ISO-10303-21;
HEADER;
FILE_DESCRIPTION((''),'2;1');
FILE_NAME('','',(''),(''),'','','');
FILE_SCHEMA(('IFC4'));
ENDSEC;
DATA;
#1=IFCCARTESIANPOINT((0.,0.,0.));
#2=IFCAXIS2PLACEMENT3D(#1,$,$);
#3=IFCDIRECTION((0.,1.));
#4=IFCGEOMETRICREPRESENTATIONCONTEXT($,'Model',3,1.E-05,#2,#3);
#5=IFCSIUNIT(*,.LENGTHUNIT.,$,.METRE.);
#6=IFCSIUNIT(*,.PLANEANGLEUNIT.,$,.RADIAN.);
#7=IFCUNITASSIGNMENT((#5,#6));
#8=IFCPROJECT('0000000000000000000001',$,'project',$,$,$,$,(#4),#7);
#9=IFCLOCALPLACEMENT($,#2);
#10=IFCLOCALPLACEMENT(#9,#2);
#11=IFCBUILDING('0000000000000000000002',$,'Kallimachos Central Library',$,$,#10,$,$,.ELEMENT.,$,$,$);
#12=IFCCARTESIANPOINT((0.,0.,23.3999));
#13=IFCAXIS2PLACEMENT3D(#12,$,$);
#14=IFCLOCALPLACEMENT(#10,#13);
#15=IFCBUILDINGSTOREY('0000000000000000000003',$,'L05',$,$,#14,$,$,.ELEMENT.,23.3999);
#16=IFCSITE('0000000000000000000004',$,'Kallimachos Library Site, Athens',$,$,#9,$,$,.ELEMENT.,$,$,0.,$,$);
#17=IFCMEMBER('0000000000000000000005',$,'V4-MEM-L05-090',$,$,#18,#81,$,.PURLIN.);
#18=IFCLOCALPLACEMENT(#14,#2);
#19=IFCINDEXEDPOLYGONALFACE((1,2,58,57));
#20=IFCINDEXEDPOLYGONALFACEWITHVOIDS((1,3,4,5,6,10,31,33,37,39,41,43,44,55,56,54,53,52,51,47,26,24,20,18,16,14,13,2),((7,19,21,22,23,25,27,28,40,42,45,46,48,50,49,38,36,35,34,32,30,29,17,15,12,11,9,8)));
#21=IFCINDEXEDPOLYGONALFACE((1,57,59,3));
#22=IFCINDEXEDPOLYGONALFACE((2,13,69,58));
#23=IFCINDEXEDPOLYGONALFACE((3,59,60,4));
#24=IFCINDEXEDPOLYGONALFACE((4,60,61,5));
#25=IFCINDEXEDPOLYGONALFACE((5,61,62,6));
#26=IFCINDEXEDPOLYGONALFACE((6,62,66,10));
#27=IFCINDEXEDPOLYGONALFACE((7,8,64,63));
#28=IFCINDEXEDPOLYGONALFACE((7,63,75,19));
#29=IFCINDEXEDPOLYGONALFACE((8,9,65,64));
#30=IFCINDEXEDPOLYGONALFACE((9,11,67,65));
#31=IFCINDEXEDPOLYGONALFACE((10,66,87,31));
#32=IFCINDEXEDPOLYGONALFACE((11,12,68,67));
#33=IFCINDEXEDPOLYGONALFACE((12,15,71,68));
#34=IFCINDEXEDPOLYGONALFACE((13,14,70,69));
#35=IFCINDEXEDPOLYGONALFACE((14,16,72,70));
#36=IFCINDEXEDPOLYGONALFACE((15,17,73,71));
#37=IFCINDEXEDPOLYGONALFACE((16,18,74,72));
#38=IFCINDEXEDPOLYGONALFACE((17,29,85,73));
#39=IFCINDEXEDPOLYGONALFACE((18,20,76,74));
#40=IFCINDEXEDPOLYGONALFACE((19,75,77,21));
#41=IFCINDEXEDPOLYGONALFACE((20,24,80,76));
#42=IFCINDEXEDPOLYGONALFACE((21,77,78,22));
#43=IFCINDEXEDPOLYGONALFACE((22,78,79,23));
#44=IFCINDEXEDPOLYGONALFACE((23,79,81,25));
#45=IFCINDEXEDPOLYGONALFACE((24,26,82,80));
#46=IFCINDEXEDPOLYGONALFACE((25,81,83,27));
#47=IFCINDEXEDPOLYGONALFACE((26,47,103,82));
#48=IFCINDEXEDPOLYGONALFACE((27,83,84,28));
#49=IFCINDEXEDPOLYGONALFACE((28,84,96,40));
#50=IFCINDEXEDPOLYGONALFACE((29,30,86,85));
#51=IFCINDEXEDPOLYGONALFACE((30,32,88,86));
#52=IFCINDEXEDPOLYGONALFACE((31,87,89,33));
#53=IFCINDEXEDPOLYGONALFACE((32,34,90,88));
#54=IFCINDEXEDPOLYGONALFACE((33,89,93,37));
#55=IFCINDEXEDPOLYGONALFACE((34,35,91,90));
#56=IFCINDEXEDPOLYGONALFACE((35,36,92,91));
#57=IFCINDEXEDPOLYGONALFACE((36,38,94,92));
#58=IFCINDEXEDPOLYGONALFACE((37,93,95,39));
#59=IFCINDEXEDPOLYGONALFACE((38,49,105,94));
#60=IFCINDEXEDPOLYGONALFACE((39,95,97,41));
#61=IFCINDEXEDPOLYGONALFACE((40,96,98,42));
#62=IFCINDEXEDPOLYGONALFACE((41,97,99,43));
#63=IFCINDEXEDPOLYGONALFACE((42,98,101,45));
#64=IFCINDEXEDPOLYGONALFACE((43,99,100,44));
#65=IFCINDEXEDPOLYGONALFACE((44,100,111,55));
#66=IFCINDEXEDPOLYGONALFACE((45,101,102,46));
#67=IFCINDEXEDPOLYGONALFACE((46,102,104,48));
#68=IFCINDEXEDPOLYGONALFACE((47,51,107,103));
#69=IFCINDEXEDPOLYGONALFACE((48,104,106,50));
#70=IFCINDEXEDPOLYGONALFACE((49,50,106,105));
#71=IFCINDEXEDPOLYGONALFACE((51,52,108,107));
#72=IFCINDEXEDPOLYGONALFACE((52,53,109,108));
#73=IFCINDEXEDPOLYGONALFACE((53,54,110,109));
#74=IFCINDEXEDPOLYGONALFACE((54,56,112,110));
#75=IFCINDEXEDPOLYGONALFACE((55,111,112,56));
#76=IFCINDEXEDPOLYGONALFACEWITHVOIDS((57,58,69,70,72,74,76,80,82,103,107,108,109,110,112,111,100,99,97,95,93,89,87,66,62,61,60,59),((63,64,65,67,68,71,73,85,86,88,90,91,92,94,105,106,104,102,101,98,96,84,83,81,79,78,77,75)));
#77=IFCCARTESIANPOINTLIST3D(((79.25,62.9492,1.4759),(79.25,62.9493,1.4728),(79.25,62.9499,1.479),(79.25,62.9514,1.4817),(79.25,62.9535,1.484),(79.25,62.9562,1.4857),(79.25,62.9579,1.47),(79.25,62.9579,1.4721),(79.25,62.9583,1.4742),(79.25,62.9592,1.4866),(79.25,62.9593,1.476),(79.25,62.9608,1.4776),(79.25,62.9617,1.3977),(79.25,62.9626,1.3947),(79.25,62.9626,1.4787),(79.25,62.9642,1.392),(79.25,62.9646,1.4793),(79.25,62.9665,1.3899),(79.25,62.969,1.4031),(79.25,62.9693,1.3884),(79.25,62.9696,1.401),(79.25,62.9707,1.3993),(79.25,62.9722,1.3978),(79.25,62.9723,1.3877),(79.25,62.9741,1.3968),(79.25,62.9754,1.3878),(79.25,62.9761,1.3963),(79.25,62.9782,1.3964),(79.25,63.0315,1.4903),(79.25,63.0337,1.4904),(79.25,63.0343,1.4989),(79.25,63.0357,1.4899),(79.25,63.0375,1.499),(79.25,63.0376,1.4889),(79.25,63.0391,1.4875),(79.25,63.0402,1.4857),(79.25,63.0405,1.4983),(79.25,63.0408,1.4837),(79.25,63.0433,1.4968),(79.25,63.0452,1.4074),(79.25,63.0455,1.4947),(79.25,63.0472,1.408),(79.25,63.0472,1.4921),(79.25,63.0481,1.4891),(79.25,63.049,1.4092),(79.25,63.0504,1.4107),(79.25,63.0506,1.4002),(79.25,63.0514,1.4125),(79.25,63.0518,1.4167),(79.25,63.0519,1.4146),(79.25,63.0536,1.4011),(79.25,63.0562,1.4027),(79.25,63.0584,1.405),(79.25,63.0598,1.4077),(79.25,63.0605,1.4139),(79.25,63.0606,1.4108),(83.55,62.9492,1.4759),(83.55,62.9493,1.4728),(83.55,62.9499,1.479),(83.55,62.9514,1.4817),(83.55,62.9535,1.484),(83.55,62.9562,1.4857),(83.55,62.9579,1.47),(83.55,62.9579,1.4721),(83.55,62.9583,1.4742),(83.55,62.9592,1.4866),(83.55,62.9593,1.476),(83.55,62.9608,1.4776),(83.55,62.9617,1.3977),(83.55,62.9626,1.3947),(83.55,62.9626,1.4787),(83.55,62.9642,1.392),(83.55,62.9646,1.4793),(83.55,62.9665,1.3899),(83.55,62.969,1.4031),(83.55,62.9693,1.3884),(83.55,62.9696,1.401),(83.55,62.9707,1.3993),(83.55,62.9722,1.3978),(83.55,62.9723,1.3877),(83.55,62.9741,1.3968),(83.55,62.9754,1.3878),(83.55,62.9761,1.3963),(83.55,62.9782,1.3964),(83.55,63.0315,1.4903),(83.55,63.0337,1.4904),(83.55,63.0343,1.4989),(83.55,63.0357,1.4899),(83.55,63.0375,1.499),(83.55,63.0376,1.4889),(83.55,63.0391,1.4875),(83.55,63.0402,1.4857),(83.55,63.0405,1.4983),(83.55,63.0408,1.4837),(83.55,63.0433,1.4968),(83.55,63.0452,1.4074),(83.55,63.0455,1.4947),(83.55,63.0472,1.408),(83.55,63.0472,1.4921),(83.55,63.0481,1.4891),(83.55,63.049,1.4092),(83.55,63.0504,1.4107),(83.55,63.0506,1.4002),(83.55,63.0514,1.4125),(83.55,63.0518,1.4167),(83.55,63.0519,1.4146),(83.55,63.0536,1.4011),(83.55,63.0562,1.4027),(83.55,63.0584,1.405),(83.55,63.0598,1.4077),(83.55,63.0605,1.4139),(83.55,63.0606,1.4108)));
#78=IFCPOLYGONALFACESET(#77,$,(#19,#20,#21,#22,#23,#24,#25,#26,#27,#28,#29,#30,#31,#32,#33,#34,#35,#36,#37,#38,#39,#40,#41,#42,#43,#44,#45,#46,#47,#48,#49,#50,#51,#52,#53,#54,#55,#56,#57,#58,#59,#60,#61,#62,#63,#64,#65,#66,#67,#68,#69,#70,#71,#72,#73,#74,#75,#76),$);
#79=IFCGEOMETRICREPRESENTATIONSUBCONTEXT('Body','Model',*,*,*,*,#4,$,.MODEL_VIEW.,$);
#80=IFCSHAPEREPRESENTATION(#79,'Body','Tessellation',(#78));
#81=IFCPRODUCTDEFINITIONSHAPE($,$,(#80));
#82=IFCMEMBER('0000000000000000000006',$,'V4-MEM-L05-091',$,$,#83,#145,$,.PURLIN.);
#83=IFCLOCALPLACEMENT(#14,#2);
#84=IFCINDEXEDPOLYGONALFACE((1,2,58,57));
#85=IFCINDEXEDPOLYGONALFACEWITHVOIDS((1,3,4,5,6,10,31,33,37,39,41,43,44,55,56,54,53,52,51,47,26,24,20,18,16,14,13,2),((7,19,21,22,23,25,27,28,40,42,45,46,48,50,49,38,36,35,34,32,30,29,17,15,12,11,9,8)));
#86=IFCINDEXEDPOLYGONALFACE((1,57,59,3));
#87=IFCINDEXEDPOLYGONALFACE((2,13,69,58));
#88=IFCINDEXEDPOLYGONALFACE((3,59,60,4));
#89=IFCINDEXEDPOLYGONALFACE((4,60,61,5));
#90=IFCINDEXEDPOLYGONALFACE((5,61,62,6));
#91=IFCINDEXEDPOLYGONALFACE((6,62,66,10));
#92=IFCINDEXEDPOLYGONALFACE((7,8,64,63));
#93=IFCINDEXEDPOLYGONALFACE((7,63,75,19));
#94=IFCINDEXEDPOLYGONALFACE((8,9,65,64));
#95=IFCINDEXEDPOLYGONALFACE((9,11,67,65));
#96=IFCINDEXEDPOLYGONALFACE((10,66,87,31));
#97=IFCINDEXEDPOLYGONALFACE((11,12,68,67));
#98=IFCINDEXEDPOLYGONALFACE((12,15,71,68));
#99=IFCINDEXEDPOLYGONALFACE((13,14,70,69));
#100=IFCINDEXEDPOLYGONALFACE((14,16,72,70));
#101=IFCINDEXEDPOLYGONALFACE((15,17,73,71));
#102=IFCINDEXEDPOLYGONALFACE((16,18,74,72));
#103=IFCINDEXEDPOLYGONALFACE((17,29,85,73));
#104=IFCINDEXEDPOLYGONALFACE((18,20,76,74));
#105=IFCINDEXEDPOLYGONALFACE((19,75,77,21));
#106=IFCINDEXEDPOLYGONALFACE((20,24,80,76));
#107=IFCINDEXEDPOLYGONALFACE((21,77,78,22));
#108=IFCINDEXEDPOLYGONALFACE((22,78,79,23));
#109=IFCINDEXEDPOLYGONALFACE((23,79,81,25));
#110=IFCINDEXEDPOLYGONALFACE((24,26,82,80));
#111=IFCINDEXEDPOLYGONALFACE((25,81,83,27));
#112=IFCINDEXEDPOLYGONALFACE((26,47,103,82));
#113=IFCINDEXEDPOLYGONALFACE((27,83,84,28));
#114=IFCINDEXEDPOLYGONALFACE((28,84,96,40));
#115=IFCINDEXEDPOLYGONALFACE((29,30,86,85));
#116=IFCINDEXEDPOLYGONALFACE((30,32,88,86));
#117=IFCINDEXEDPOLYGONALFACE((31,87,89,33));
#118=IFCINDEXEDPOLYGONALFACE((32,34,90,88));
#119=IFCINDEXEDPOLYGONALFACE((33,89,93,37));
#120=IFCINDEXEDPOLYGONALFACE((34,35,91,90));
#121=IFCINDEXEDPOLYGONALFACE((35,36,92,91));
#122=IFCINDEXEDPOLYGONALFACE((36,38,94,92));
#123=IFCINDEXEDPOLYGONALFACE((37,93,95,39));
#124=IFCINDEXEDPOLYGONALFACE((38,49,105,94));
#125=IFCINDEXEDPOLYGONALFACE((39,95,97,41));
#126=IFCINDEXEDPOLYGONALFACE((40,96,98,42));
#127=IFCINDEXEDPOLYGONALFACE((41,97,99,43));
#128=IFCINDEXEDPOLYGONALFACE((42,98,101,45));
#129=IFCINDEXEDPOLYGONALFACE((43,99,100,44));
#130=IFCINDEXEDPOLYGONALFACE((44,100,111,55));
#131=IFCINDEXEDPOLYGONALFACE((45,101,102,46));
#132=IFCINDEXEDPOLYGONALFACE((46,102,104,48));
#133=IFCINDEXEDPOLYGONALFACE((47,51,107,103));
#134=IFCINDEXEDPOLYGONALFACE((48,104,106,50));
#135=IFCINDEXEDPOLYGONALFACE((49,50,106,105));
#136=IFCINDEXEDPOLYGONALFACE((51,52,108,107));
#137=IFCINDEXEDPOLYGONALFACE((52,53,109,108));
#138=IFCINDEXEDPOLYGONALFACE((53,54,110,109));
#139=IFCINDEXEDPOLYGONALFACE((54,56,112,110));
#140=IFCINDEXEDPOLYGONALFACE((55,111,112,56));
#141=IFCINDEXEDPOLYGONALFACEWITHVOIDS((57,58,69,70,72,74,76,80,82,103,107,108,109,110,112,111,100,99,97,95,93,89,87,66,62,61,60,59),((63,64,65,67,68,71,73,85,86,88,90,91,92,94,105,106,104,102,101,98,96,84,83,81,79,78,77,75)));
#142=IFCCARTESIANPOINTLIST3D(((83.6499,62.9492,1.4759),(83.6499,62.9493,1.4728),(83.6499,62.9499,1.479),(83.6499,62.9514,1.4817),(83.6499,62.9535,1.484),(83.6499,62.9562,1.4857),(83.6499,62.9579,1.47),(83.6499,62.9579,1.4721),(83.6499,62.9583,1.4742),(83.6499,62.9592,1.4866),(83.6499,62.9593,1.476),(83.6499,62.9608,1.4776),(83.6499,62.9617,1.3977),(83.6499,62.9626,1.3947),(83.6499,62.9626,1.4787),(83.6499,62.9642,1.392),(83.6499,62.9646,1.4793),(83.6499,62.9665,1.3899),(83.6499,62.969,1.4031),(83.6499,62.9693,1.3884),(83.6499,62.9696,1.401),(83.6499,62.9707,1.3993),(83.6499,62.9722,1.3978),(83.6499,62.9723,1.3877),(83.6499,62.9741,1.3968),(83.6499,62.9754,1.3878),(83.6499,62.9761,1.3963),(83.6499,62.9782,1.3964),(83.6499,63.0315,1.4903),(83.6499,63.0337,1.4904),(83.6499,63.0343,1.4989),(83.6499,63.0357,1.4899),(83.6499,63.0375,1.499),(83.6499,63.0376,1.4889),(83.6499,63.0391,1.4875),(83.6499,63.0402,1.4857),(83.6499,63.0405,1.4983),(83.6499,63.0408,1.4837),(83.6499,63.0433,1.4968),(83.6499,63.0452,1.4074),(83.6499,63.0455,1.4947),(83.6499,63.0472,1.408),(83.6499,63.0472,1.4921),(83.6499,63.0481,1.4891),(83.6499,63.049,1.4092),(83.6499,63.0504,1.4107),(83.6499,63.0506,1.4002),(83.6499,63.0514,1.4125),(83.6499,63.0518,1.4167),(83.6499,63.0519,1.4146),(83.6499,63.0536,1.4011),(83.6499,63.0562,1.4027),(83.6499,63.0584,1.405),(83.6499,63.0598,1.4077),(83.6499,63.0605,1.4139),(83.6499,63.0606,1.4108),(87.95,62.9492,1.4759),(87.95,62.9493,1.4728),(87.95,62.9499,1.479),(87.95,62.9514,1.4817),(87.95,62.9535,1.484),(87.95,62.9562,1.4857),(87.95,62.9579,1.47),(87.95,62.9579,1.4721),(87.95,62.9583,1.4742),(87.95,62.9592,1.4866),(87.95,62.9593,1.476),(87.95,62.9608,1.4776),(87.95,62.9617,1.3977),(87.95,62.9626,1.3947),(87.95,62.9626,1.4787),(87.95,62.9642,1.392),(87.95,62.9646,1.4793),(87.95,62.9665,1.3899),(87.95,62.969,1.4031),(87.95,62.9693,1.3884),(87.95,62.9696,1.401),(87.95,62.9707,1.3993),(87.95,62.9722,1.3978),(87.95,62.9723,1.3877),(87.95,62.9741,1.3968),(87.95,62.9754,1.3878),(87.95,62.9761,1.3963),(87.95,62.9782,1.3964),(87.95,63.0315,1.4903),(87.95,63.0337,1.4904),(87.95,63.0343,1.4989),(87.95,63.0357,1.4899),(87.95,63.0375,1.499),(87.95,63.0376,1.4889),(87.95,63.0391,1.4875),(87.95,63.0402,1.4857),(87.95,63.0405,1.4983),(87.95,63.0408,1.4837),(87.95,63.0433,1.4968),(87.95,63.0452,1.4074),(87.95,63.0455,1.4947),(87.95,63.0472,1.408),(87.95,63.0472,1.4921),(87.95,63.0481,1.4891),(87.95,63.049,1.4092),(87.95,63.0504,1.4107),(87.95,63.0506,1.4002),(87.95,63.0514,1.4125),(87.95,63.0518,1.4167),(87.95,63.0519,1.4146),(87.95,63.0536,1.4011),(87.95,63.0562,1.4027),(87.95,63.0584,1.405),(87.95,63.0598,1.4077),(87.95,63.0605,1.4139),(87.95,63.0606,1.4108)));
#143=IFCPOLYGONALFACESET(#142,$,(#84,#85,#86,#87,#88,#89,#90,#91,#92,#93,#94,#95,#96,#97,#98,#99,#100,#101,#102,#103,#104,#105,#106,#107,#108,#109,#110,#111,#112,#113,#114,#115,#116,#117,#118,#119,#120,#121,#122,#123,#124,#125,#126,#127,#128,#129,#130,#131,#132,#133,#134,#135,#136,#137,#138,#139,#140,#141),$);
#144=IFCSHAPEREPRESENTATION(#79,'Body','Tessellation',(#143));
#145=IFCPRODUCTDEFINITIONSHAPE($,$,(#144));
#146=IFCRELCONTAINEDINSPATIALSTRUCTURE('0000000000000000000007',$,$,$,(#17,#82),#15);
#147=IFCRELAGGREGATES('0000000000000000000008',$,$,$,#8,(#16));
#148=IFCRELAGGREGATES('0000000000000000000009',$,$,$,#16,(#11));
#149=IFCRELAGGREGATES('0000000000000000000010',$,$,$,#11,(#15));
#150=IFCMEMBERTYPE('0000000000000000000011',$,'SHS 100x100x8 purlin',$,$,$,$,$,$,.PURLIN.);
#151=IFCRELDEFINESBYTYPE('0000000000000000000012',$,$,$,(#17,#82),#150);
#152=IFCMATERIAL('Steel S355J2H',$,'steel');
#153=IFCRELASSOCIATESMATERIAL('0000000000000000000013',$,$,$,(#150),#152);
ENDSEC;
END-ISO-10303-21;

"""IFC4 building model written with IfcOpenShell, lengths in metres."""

from ifc_helpers import new_model, si_unit, direction, frame, origin, origin_2d, place, context, subcontext, project, spatial, hollow_rectangle, extrude, material, material_profile, profile_set, type_object, element, save


model = new_model("IFC4")

# Units and contexts
model_context = context("Model", 3, precision=1e-05, world=origin(), true_north=direction((0.0, 1.0)))
body_context = subcontext(model_context, "Body", "Model", "MODEL_VIEW")
ifc_project = project(units=[si_unit("LENGTHUNIT", "METRE"), si_unit("PLANEANGLEUNIT", "RADIAN")], contexts=[model_context])

# Site, building, storey
site_placement = place(None, origin())
site = spatial("IfcSite", under=ifc_project, at=site_placement, Name="Kallimachos Library Site, Athens", CompositionType="ELEMENT", RefElevation=0.0)
building_placement = place(site_placement, origin())
building = spatial("IfcBuilding", under=site, at=building_placement, Name="Kallimachos Central Library", CompositionType="ELEMENT")
storey_placement = place(building_placement, frame((0.0, 0.0, 23.3999)))
storey = spatial("IfcBuildingStorey", under=building, at=storey_placement, Name="L05", CompositionType="ELEMENT", Elevation=23.3999)

# Members
ifc_material_1 = material(Name="Steel S355J2H", Category="steel")
ifc_material_profile_1 = material_profile(ifc_material_1, hollow_rectangle(XDim=0.1001, YDim=0.1001, WallThickness=0.0081, InnerFilletRadius=0.0081, OuterFilletRadius=0.012, at=origin_2d()), Name="SHS 100x100x8")
ifc_profile_set_1 = profile_set([ifc_material_profile_1], Name="Steel S355J2H")
member_type_1 = type_object("IfcMemberType", Name="SHS 100x100x8 purlin", PredefinedType="PURLIN", material=ifc_profile_set_1)
for number, where, z_axis, x_axis, name in (
    (1, (79.25, 63.0049, 1.4434), (1.0, 0.0, 0.0), (0.0, 0.986728, 0.16238), "V4-MEM-L05-090"),
    (2, (83.6499, 63.0049, 1.4434), (1.0, 0.0, 0.0), (0.0, 0.986728, 0.16238), "V4-MEM-L05-091"),
):
    element("IfcMember", number, at=place(storey_placement, frame(where, z_axis=z_axis, x_axis=x_axis)), inside=storey, type_object=member_type_1, Name=name, PredefinedType="PURLIN", context=body_context, shape_type="SweptSolid", body=[
        extrude(hollow_rectangle(XDim=0.1001, YDim=0.1001, WallThickness=0.0081, InnerFilletRadius=0.0081, OuterFilletRadius=0.012, at=origin_2d()), origin(), (0.0, 0.0, 1.0), 4.3),
    ])

save(model, "model.ifc")
